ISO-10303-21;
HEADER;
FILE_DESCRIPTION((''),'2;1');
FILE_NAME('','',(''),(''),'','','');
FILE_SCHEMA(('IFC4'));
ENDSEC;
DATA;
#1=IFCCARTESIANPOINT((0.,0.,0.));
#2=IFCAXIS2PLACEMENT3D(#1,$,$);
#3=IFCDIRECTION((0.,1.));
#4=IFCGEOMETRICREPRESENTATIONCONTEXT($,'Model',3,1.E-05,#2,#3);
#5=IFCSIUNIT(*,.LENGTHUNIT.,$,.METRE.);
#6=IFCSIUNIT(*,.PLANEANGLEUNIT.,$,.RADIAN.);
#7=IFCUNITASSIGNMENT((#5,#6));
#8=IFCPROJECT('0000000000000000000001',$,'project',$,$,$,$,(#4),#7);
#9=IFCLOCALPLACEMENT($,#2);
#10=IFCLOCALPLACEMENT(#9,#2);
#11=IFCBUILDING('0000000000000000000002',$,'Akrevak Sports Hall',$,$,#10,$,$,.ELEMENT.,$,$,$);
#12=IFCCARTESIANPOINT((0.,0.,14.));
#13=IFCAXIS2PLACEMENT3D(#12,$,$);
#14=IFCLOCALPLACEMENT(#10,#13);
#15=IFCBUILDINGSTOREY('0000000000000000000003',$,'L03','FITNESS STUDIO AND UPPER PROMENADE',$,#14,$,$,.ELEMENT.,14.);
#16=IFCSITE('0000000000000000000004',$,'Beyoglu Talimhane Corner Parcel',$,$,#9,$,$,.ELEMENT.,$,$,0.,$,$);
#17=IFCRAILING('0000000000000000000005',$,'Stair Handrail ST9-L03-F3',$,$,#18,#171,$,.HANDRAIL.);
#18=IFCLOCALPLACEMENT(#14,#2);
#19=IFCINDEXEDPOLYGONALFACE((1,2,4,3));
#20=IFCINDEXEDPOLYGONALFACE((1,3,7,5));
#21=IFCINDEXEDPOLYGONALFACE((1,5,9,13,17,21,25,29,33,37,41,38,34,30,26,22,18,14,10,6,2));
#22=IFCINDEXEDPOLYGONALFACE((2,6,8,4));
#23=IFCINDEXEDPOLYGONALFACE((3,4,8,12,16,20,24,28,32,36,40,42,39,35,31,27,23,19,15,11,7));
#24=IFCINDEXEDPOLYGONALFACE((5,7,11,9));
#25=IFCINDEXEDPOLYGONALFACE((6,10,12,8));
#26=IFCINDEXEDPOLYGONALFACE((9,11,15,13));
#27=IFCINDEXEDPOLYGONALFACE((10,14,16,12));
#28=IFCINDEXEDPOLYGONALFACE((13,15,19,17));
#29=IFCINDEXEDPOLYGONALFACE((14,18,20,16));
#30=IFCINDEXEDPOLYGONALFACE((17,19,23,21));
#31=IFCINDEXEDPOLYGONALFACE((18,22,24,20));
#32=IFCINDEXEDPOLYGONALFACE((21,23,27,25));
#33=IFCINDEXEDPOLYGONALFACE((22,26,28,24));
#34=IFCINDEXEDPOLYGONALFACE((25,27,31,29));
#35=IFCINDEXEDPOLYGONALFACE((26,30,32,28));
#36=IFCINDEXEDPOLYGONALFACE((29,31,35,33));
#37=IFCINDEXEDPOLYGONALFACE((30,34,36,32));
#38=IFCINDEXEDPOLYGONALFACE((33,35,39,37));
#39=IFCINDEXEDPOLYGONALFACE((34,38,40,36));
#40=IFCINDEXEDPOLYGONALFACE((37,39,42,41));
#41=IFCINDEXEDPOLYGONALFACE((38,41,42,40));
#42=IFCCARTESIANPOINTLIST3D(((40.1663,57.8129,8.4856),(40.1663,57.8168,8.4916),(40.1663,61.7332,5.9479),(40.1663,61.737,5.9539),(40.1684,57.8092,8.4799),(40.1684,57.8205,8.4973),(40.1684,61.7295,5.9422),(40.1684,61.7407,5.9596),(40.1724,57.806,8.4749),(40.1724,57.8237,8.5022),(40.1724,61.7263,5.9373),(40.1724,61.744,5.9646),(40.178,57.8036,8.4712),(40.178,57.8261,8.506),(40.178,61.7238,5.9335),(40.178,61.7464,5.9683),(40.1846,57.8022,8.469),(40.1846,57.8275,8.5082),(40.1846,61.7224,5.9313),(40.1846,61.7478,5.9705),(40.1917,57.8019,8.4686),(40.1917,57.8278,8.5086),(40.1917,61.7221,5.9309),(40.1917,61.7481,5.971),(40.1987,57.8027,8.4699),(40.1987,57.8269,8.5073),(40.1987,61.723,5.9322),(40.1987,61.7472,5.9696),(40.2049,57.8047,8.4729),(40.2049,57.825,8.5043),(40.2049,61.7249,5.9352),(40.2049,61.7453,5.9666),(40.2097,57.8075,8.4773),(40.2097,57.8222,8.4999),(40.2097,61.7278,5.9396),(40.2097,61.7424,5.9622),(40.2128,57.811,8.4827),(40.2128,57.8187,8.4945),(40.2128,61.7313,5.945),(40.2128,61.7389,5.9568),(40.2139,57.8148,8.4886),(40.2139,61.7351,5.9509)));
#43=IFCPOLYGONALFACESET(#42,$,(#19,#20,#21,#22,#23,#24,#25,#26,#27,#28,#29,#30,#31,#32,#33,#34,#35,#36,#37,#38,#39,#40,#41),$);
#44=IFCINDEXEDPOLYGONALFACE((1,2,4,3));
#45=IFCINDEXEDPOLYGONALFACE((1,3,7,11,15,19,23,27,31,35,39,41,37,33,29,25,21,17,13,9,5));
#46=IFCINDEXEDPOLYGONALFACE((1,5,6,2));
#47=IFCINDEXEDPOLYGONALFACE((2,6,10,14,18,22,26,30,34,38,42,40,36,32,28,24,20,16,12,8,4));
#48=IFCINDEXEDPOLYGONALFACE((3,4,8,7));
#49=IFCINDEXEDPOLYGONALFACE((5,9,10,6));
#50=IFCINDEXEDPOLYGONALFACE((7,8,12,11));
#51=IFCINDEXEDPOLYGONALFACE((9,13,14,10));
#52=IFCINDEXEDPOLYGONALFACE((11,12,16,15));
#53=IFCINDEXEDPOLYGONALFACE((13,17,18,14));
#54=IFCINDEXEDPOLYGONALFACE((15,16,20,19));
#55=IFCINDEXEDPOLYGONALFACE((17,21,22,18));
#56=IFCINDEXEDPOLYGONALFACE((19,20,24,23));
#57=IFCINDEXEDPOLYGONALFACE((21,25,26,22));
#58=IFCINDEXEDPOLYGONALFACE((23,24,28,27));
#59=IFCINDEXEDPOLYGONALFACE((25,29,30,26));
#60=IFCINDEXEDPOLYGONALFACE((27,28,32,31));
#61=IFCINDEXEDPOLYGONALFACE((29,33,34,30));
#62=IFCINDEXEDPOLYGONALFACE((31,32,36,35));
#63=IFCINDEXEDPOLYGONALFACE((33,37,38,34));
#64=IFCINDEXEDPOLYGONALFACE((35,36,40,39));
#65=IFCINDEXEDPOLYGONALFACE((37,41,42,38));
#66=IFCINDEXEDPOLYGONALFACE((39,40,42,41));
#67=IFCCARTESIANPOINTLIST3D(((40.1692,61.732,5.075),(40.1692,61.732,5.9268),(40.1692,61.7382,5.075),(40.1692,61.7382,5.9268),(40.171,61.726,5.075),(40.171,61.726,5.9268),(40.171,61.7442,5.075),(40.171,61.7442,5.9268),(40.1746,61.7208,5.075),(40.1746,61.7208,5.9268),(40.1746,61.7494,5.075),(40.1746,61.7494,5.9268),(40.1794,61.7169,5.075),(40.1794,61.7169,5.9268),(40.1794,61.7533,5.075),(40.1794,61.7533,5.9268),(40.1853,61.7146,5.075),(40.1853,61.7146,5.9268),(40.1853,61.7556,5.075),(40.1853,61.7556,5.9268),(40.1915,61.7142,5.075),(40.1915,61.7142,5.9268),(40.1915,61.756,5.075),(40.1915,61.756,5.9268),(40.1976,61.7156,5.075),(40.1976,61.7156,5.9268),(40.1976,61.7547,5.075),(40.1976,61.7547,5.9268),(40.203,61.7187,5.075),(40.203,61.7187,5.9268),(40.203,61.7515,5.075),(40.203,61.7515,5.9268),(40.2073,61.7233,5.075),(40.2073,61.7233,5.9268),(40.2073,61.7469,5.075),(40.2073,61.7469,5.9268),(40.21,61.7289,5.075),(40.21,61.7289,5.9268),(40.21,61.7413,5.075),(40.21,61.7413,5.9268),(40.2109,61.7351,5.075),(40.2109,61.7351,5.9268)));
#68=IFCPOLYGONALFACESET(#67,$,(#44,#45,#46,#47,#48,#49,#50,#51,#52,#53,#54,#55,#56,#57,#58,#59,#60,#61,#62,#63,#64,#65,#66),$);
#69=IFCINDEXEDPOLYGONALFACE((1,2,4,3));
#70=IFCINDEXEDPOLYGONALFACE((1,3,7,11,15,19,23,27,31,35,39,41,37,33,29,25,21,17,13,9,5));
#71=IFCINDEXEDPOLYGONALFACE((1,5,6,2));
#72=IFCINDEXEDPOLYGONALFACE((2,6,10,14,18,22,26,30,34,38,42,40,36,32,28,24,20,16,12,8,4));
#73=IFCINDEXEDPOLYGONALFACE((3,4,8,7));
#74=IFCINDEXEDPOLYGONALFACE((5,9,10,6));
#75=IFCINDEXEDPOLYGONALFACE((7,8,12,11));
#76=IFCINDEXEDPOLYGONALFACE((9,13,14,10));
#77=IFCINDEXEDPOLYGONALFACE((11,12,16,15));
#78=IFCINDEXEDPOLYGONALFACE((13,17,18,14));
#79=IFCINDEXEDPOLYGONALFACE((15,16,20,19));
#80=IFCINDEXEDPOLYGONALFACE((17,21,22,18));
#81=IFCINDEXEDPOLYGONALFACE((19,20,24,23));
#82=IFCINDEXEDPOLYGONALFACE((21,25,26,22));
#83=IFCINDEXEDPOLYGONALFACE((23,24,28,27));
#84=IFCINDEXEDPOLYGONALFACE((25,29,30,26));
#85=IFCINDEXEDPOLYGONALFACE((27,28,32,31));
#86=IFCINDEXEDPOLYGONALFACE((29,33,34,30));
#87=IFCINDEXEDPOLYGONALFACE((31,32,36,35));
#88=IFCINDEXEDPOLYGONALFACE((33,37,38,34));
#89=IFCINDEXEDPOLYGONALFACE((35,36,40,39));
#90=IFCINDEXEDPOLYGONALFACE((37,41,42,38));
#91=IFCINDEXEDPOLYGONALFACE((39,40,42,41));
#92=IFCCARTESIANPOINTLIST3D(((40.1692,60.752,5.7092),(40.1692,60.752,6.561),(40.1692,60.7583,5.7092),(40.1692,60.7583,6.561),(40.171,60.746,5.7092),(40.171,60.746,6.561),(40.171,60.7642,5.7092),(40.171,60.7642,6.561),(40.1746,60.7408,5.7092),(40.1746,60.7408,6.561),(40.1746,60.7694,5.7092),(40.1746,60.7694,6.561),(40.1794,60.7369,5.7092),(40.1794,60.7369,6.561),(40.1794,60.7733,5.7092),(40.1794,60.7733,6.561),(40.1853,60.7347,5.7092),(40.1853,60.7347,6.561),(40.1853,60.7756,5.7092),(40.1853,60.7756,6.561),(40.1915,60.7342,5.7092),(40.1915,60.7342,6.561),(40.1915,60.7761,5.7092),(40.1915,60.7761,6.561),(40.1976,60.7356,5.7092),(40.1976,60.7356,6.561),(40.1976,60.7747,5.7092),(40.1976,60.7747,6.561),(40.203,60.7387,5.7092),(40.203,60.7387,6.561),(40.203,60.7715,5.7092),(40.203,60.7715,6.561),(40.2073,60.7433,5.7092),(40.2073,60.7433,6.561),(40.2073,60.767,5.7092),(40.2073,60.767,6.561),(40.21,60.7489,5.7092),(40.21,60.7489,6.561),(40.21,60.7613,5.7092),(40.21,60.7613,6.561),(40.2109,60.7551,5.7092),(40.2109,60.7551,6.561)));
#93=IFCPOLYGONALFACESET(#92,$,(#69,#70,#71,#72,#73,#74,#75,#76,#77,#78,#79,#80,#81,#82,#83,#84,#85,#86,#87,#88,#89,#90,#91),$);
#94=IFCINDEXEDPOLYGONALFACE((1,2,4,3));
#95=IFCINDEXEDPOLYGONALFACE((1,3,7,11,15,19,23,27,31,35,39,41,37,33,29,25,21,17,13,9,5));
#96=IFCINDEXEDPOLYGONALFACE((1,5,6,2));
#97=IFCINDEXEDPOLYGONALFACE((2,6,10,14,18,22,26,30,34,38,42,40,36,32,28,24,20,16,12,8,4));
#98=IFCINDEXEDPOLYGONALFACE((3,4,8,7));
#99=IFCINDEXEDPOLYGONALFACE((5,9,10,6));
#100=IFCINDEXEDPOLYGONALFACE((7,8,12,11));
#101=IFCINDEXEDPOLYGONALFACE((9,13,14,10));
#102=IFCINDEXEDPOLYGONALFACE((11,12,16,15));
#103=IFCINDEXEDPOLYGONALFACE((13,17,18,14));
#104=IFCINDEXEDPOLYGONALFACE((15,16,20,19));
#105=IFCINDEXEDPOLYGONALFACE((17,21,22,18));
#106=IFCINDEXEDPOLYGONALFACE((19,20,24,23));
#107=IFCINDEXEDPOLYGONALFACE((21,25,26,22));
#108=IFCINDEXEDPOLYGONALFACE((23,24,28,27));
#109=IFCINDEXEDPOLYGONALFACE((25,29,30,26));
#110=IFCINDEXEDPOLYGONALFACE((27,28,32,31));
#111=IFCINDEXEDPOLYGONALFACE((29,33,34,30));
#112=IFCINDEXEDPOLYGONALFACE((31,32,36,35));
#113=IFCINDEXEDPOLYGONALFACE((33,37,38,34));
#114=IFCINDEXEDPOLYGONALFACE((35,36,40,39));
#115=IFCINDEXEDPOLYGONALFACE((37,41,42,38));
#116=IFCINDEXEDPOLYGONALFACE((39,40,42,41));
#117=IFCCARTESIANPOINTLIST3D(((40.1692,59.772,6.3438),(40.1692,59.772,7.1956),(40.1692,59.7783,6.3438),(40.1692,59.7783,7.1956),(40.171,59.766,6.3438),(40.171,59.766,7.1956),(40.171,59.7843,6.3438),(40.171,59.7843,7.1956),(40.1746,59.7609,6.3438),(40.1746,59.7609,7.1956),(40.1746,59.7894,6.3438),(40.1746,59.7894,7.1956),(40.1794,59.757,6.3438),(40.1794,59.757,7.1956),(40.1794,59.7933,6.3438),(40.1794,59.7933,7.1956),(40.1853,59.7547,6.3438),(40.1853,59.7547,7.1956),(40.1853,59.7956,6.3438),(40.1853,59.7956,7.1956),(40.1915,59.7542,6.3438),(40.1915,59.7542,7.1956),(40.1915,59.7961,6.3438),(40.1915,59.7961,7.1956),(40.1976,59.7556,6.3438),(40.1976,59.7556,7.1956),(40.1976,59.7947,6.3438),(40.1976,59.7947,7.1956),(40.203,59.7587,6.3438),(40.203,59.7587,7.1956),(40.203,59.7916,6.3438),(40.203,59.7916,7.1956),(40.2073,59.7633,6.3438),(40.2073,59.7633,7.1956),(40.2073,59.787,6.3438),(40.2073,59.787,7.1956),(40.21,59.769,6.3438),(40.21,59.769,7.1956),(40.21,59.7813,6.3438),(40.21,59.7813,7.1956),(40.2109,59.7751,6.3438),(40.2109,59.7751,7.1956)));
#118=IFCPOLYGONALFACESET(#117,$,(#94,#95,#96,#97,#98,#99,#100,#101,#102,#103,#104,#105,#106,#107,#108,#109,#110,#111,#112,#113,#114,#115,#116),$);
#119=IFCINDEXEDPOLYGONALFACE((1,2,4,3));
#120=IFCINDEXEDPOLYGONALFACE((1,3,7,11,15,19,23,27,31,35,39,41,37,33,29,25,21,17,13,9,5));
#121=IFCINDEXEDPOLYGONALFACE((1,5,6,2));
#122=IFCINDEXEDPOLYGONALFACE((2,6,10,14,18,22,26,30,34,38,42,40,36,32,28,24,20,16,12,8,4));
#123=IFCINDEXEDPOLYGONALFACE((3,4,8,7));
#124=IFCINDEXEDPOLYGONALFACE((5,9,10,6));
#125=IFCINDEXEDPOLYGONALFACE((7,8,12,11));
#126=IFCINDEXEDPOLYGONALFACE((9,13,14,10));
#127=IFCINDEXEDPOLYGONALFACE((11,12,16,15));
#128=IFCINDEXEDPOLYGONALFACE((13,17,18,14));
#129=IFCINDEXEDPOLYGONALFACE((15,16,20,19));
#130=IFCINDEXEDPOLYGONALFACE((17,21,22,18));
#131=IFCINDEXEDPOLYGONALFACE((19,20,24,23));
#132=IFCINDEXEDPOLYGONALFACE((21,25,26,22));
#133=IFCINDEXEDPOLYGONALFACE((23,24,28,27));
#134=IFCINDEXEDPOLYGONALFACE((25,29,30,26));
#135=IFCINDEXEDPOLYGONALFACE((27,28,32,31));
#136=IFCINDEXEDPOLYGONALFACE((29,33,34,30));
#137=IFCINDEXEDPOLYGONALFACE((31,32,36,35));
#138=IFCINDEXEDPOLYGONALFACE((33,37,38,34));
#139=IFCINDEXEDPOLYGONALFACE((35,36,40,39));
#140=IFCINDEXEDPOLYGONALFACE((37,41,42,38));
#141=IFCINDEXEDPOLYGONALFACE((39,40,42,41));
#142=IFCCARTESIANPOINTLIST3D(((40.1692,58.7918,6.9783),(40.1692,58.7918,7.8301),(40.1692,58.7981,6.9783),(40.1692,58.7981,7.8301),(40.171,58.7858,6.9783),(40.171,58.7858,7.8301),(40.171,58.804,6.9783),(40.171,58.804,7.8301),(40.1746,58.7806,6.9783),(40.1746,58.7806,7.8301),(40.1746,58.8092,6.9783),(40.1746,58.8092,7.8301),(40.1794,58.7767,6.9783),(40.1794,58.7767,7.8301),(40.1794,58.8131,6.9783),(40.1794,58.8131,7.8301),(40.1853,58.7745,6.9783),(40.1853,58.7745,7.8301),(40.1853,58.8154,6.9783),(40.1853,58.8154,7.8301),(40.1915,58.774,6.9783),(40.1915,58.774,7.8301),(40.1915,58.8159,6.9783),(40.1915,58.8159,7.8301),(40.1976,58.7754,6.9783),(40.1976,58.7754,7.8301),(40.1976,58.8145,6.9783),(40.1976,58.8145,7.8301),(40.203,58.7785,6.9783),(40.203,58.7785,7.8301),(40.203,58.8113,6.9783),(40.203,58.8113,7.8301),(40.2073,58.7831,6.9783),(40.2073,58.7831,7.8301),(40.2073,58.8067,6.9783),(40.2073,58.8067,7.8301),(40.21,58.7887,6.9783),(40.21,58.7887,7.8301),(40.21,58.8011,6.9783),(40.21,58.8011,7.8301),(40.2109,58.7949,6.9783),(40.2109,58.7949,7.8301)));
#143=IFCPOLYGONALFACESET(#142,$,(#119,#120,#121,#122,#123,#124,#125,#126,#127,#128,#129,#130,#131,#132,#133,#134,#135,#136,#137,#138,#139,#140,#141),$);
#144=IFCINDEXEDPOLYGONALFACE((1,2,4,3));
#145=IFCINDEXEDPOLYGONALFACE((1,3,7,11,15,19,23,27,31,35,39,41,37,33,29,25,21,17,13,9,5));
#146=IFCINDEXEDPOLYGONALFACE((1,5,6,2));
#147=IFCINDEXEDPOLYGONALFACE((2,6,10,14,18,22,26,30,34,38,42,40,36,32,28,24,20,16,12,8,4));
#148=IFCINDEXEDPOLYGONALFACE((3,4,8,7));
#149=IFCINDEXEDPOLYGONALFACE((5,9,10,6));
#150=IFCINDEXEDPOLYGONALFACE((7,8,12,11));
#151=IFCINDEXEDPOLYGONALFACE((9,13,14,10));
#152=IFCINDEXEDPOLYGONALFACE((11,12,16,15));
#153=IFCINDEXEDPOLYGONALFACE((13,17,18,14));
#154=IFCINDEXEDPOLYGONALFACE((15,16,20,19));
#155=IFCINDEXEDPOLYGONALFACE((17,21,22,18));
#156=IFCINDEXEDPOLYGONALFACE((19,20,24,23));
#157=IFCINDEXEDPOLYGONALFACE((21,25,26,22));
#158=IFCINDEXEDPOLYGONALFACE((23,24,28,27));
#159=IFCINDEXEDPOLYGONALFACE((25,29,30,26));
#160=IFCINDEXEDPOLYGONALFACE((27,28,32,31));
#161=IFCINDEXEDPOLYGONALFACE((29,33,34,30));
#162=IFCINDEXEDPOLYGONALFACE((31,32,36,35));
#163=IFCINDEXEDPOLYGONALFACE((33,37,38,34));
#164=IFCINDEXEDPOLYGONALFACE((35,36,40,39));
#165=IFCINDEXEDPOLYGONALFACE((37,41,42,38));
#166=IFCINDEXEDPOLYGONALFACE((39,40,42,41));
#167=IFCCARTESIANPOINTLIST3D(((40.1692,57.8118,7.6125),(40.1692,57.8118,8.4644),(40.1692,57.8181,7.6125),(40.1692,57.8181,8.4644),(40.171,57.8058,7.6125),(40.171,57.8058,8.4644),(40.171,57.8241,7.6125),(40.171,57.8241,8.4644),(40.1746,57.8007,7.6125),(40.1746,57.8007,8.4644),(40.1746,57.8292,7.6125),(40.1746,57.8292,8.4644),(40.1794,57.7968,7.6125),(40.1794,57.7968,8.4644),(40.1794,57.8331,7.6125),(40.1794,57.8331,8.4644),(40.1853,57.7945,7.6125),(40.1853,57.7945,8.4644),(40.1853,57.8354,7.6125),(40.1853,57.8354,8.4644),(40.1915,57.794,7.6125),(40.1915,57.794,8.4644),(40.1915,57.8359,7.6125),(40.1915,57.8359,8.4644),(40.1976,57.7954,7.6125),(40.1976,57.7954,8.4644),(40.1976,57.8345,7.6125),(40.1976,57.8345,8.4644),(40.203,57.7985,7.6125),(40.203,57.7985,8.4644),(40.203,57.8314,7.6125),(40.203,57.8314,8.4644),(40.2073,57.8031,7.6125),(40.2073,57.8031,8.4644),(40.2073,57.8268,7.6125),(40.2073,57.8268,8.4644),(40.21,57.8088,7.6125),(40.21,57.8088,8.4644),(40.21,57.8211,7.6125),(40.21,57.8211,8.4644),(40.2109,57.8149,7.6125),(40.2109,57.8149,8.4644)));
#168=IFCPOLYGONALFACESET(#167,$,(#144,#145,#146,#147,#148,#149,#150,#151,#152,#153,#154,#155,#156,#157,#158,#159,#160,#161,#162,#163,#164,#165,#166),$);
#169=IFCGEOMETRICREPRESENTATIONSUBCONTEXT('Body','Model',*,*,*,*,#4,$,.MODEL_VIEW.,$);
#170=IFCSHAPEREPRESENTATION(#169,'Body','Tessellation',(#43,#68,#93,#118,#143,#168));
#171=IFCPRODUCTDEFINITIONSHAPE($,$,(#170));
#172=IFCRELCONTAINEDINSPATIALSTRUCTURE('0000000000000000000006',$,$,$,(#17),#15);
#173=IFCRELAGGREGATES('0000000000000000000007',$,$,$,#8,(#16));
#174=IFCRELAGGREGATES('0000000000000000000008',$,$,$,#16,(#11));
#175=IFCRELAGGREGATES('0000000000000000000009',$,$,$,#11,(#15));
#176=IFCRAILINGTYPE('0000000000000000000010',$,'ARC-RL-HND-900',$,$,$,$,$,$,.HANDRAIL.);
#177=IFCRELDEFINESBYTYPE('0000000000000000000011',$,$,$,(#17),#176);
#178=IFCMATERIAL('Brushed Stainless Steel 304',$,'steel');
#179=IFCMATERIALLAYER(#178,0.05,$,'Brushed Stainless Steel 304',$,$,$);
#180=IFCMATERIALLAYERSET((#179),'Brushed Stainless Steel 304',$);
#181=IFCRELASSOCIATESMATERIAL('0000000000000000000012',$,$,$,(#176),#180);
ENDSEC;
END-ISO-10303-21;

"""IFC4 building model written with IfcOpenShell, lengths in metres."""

from ifc_helpers import new_model, si_unit, direction, frame, origin, origin_2d, place, context, subcontext, project, spatial, circle, extrude, material, layer, layer_set, type_object, element, save


model = new_model("IFC4")

# Units and contexts
model_context = context("Model", 3, precision=1e-05, world=origin(), true_north=direction((0.0, 1.0)))
body_context = subcontext(model_context, "Body", "Model", "MODEL_VIEW")
ifc_project = project(units=[si_unit("LENGTHUNIT", "METRE"), si_unit("PLANEANGLEUNIT", "RADIAN")], contexts=[model_context])

# Site, building, storey
site_placement = place(None, origin())
site = spatial("IfcSite", under=ifc_project, at=site_placement, Name="Beyoglu Talimhane Corner Parcel", CompositionType="ELEMENT", RefElevation=0.0)
building_placement = place(site_placement, origin())
building = spatial("IfcBuilding", under=site, at=building_placement, Name="Akrevak Sports Hall", CompositionType="ELEMENT")
storey_placement = place(building_placement, frame((0.0, 0.0, 14.0)))
storey = spatial("IfcBuildingStorey", under=building, at=storey_placement, Name="L03", Description="FITNESS STUDIO AND UPPER PROMENADE", CompositionType="ELEMENT", Elevation=14.0)

# Railing
ifc_material_1 = material(Name="Brushed Stainless Steel 304", Category="steel")
ifc_layer_1 = layer(ifc_material_1, 0.05, Name="Brushed Stainless Steel 304")
ifc_layer_set_1 = layer_set([ifc_layer_1], Name="Brushed Stainless Steel 304")
railing_type_1 = type_object("IfcRailingType", Name="ARC-RL-HND-900", PredefinedType="HANDRAIL", material=ifc_layer_set_1)
railing_1_placement = place(storey_placement, frame((40.1899, 61.7351, 5.075)))
element("IfcRailing", 1, at=railing_1_placement, inside=storey, type_object=railing_type_1, Name="Stair Handrail ST9-L03-F3", PredefinedType="HANDRAIL", context=body_context, shape_type="SweptSolid", body=[
    extrude(circle(Radius=0.0239, at=origin_2d()), frame((0.0, 0.0, 0.876), z_axis=(0.0, -0.839471, 0.543405), x_axis=(1.0, 0.0, 0.0)), (0.0, 0.0, 1.0), 4.6699),
    extrude(circle(Radius=0.021, at=origin_2d()), origin(), (0.0, 0.0, 1.0), 0.8518),
    extrude(circle(Radius=0.021, at=origin_2d()), frame((0.0, -0.98, 0.6343)), (0.0, 0.0, 1.0), 0.8518),
    extrude(circle(Radius=0.021, at=origin_2d()), frame((0.0, -1.96, 1.2688)), (0.0, 0.0, 1.0), 0.8518),
    extrude(circle(Radius=0.021, at=origin_2d()), frame((0.0, -2.9402, 1.9033)), (0.0, 0.0, 1.0), 0.8518),
    extrude(circle(Radius=0.021, at=origin_2d()), frame((0.0, -3.9202, 2.5376)), (0.0, 0.0, 1.0), 0.8518),
])

save(model, "model.ifc")
